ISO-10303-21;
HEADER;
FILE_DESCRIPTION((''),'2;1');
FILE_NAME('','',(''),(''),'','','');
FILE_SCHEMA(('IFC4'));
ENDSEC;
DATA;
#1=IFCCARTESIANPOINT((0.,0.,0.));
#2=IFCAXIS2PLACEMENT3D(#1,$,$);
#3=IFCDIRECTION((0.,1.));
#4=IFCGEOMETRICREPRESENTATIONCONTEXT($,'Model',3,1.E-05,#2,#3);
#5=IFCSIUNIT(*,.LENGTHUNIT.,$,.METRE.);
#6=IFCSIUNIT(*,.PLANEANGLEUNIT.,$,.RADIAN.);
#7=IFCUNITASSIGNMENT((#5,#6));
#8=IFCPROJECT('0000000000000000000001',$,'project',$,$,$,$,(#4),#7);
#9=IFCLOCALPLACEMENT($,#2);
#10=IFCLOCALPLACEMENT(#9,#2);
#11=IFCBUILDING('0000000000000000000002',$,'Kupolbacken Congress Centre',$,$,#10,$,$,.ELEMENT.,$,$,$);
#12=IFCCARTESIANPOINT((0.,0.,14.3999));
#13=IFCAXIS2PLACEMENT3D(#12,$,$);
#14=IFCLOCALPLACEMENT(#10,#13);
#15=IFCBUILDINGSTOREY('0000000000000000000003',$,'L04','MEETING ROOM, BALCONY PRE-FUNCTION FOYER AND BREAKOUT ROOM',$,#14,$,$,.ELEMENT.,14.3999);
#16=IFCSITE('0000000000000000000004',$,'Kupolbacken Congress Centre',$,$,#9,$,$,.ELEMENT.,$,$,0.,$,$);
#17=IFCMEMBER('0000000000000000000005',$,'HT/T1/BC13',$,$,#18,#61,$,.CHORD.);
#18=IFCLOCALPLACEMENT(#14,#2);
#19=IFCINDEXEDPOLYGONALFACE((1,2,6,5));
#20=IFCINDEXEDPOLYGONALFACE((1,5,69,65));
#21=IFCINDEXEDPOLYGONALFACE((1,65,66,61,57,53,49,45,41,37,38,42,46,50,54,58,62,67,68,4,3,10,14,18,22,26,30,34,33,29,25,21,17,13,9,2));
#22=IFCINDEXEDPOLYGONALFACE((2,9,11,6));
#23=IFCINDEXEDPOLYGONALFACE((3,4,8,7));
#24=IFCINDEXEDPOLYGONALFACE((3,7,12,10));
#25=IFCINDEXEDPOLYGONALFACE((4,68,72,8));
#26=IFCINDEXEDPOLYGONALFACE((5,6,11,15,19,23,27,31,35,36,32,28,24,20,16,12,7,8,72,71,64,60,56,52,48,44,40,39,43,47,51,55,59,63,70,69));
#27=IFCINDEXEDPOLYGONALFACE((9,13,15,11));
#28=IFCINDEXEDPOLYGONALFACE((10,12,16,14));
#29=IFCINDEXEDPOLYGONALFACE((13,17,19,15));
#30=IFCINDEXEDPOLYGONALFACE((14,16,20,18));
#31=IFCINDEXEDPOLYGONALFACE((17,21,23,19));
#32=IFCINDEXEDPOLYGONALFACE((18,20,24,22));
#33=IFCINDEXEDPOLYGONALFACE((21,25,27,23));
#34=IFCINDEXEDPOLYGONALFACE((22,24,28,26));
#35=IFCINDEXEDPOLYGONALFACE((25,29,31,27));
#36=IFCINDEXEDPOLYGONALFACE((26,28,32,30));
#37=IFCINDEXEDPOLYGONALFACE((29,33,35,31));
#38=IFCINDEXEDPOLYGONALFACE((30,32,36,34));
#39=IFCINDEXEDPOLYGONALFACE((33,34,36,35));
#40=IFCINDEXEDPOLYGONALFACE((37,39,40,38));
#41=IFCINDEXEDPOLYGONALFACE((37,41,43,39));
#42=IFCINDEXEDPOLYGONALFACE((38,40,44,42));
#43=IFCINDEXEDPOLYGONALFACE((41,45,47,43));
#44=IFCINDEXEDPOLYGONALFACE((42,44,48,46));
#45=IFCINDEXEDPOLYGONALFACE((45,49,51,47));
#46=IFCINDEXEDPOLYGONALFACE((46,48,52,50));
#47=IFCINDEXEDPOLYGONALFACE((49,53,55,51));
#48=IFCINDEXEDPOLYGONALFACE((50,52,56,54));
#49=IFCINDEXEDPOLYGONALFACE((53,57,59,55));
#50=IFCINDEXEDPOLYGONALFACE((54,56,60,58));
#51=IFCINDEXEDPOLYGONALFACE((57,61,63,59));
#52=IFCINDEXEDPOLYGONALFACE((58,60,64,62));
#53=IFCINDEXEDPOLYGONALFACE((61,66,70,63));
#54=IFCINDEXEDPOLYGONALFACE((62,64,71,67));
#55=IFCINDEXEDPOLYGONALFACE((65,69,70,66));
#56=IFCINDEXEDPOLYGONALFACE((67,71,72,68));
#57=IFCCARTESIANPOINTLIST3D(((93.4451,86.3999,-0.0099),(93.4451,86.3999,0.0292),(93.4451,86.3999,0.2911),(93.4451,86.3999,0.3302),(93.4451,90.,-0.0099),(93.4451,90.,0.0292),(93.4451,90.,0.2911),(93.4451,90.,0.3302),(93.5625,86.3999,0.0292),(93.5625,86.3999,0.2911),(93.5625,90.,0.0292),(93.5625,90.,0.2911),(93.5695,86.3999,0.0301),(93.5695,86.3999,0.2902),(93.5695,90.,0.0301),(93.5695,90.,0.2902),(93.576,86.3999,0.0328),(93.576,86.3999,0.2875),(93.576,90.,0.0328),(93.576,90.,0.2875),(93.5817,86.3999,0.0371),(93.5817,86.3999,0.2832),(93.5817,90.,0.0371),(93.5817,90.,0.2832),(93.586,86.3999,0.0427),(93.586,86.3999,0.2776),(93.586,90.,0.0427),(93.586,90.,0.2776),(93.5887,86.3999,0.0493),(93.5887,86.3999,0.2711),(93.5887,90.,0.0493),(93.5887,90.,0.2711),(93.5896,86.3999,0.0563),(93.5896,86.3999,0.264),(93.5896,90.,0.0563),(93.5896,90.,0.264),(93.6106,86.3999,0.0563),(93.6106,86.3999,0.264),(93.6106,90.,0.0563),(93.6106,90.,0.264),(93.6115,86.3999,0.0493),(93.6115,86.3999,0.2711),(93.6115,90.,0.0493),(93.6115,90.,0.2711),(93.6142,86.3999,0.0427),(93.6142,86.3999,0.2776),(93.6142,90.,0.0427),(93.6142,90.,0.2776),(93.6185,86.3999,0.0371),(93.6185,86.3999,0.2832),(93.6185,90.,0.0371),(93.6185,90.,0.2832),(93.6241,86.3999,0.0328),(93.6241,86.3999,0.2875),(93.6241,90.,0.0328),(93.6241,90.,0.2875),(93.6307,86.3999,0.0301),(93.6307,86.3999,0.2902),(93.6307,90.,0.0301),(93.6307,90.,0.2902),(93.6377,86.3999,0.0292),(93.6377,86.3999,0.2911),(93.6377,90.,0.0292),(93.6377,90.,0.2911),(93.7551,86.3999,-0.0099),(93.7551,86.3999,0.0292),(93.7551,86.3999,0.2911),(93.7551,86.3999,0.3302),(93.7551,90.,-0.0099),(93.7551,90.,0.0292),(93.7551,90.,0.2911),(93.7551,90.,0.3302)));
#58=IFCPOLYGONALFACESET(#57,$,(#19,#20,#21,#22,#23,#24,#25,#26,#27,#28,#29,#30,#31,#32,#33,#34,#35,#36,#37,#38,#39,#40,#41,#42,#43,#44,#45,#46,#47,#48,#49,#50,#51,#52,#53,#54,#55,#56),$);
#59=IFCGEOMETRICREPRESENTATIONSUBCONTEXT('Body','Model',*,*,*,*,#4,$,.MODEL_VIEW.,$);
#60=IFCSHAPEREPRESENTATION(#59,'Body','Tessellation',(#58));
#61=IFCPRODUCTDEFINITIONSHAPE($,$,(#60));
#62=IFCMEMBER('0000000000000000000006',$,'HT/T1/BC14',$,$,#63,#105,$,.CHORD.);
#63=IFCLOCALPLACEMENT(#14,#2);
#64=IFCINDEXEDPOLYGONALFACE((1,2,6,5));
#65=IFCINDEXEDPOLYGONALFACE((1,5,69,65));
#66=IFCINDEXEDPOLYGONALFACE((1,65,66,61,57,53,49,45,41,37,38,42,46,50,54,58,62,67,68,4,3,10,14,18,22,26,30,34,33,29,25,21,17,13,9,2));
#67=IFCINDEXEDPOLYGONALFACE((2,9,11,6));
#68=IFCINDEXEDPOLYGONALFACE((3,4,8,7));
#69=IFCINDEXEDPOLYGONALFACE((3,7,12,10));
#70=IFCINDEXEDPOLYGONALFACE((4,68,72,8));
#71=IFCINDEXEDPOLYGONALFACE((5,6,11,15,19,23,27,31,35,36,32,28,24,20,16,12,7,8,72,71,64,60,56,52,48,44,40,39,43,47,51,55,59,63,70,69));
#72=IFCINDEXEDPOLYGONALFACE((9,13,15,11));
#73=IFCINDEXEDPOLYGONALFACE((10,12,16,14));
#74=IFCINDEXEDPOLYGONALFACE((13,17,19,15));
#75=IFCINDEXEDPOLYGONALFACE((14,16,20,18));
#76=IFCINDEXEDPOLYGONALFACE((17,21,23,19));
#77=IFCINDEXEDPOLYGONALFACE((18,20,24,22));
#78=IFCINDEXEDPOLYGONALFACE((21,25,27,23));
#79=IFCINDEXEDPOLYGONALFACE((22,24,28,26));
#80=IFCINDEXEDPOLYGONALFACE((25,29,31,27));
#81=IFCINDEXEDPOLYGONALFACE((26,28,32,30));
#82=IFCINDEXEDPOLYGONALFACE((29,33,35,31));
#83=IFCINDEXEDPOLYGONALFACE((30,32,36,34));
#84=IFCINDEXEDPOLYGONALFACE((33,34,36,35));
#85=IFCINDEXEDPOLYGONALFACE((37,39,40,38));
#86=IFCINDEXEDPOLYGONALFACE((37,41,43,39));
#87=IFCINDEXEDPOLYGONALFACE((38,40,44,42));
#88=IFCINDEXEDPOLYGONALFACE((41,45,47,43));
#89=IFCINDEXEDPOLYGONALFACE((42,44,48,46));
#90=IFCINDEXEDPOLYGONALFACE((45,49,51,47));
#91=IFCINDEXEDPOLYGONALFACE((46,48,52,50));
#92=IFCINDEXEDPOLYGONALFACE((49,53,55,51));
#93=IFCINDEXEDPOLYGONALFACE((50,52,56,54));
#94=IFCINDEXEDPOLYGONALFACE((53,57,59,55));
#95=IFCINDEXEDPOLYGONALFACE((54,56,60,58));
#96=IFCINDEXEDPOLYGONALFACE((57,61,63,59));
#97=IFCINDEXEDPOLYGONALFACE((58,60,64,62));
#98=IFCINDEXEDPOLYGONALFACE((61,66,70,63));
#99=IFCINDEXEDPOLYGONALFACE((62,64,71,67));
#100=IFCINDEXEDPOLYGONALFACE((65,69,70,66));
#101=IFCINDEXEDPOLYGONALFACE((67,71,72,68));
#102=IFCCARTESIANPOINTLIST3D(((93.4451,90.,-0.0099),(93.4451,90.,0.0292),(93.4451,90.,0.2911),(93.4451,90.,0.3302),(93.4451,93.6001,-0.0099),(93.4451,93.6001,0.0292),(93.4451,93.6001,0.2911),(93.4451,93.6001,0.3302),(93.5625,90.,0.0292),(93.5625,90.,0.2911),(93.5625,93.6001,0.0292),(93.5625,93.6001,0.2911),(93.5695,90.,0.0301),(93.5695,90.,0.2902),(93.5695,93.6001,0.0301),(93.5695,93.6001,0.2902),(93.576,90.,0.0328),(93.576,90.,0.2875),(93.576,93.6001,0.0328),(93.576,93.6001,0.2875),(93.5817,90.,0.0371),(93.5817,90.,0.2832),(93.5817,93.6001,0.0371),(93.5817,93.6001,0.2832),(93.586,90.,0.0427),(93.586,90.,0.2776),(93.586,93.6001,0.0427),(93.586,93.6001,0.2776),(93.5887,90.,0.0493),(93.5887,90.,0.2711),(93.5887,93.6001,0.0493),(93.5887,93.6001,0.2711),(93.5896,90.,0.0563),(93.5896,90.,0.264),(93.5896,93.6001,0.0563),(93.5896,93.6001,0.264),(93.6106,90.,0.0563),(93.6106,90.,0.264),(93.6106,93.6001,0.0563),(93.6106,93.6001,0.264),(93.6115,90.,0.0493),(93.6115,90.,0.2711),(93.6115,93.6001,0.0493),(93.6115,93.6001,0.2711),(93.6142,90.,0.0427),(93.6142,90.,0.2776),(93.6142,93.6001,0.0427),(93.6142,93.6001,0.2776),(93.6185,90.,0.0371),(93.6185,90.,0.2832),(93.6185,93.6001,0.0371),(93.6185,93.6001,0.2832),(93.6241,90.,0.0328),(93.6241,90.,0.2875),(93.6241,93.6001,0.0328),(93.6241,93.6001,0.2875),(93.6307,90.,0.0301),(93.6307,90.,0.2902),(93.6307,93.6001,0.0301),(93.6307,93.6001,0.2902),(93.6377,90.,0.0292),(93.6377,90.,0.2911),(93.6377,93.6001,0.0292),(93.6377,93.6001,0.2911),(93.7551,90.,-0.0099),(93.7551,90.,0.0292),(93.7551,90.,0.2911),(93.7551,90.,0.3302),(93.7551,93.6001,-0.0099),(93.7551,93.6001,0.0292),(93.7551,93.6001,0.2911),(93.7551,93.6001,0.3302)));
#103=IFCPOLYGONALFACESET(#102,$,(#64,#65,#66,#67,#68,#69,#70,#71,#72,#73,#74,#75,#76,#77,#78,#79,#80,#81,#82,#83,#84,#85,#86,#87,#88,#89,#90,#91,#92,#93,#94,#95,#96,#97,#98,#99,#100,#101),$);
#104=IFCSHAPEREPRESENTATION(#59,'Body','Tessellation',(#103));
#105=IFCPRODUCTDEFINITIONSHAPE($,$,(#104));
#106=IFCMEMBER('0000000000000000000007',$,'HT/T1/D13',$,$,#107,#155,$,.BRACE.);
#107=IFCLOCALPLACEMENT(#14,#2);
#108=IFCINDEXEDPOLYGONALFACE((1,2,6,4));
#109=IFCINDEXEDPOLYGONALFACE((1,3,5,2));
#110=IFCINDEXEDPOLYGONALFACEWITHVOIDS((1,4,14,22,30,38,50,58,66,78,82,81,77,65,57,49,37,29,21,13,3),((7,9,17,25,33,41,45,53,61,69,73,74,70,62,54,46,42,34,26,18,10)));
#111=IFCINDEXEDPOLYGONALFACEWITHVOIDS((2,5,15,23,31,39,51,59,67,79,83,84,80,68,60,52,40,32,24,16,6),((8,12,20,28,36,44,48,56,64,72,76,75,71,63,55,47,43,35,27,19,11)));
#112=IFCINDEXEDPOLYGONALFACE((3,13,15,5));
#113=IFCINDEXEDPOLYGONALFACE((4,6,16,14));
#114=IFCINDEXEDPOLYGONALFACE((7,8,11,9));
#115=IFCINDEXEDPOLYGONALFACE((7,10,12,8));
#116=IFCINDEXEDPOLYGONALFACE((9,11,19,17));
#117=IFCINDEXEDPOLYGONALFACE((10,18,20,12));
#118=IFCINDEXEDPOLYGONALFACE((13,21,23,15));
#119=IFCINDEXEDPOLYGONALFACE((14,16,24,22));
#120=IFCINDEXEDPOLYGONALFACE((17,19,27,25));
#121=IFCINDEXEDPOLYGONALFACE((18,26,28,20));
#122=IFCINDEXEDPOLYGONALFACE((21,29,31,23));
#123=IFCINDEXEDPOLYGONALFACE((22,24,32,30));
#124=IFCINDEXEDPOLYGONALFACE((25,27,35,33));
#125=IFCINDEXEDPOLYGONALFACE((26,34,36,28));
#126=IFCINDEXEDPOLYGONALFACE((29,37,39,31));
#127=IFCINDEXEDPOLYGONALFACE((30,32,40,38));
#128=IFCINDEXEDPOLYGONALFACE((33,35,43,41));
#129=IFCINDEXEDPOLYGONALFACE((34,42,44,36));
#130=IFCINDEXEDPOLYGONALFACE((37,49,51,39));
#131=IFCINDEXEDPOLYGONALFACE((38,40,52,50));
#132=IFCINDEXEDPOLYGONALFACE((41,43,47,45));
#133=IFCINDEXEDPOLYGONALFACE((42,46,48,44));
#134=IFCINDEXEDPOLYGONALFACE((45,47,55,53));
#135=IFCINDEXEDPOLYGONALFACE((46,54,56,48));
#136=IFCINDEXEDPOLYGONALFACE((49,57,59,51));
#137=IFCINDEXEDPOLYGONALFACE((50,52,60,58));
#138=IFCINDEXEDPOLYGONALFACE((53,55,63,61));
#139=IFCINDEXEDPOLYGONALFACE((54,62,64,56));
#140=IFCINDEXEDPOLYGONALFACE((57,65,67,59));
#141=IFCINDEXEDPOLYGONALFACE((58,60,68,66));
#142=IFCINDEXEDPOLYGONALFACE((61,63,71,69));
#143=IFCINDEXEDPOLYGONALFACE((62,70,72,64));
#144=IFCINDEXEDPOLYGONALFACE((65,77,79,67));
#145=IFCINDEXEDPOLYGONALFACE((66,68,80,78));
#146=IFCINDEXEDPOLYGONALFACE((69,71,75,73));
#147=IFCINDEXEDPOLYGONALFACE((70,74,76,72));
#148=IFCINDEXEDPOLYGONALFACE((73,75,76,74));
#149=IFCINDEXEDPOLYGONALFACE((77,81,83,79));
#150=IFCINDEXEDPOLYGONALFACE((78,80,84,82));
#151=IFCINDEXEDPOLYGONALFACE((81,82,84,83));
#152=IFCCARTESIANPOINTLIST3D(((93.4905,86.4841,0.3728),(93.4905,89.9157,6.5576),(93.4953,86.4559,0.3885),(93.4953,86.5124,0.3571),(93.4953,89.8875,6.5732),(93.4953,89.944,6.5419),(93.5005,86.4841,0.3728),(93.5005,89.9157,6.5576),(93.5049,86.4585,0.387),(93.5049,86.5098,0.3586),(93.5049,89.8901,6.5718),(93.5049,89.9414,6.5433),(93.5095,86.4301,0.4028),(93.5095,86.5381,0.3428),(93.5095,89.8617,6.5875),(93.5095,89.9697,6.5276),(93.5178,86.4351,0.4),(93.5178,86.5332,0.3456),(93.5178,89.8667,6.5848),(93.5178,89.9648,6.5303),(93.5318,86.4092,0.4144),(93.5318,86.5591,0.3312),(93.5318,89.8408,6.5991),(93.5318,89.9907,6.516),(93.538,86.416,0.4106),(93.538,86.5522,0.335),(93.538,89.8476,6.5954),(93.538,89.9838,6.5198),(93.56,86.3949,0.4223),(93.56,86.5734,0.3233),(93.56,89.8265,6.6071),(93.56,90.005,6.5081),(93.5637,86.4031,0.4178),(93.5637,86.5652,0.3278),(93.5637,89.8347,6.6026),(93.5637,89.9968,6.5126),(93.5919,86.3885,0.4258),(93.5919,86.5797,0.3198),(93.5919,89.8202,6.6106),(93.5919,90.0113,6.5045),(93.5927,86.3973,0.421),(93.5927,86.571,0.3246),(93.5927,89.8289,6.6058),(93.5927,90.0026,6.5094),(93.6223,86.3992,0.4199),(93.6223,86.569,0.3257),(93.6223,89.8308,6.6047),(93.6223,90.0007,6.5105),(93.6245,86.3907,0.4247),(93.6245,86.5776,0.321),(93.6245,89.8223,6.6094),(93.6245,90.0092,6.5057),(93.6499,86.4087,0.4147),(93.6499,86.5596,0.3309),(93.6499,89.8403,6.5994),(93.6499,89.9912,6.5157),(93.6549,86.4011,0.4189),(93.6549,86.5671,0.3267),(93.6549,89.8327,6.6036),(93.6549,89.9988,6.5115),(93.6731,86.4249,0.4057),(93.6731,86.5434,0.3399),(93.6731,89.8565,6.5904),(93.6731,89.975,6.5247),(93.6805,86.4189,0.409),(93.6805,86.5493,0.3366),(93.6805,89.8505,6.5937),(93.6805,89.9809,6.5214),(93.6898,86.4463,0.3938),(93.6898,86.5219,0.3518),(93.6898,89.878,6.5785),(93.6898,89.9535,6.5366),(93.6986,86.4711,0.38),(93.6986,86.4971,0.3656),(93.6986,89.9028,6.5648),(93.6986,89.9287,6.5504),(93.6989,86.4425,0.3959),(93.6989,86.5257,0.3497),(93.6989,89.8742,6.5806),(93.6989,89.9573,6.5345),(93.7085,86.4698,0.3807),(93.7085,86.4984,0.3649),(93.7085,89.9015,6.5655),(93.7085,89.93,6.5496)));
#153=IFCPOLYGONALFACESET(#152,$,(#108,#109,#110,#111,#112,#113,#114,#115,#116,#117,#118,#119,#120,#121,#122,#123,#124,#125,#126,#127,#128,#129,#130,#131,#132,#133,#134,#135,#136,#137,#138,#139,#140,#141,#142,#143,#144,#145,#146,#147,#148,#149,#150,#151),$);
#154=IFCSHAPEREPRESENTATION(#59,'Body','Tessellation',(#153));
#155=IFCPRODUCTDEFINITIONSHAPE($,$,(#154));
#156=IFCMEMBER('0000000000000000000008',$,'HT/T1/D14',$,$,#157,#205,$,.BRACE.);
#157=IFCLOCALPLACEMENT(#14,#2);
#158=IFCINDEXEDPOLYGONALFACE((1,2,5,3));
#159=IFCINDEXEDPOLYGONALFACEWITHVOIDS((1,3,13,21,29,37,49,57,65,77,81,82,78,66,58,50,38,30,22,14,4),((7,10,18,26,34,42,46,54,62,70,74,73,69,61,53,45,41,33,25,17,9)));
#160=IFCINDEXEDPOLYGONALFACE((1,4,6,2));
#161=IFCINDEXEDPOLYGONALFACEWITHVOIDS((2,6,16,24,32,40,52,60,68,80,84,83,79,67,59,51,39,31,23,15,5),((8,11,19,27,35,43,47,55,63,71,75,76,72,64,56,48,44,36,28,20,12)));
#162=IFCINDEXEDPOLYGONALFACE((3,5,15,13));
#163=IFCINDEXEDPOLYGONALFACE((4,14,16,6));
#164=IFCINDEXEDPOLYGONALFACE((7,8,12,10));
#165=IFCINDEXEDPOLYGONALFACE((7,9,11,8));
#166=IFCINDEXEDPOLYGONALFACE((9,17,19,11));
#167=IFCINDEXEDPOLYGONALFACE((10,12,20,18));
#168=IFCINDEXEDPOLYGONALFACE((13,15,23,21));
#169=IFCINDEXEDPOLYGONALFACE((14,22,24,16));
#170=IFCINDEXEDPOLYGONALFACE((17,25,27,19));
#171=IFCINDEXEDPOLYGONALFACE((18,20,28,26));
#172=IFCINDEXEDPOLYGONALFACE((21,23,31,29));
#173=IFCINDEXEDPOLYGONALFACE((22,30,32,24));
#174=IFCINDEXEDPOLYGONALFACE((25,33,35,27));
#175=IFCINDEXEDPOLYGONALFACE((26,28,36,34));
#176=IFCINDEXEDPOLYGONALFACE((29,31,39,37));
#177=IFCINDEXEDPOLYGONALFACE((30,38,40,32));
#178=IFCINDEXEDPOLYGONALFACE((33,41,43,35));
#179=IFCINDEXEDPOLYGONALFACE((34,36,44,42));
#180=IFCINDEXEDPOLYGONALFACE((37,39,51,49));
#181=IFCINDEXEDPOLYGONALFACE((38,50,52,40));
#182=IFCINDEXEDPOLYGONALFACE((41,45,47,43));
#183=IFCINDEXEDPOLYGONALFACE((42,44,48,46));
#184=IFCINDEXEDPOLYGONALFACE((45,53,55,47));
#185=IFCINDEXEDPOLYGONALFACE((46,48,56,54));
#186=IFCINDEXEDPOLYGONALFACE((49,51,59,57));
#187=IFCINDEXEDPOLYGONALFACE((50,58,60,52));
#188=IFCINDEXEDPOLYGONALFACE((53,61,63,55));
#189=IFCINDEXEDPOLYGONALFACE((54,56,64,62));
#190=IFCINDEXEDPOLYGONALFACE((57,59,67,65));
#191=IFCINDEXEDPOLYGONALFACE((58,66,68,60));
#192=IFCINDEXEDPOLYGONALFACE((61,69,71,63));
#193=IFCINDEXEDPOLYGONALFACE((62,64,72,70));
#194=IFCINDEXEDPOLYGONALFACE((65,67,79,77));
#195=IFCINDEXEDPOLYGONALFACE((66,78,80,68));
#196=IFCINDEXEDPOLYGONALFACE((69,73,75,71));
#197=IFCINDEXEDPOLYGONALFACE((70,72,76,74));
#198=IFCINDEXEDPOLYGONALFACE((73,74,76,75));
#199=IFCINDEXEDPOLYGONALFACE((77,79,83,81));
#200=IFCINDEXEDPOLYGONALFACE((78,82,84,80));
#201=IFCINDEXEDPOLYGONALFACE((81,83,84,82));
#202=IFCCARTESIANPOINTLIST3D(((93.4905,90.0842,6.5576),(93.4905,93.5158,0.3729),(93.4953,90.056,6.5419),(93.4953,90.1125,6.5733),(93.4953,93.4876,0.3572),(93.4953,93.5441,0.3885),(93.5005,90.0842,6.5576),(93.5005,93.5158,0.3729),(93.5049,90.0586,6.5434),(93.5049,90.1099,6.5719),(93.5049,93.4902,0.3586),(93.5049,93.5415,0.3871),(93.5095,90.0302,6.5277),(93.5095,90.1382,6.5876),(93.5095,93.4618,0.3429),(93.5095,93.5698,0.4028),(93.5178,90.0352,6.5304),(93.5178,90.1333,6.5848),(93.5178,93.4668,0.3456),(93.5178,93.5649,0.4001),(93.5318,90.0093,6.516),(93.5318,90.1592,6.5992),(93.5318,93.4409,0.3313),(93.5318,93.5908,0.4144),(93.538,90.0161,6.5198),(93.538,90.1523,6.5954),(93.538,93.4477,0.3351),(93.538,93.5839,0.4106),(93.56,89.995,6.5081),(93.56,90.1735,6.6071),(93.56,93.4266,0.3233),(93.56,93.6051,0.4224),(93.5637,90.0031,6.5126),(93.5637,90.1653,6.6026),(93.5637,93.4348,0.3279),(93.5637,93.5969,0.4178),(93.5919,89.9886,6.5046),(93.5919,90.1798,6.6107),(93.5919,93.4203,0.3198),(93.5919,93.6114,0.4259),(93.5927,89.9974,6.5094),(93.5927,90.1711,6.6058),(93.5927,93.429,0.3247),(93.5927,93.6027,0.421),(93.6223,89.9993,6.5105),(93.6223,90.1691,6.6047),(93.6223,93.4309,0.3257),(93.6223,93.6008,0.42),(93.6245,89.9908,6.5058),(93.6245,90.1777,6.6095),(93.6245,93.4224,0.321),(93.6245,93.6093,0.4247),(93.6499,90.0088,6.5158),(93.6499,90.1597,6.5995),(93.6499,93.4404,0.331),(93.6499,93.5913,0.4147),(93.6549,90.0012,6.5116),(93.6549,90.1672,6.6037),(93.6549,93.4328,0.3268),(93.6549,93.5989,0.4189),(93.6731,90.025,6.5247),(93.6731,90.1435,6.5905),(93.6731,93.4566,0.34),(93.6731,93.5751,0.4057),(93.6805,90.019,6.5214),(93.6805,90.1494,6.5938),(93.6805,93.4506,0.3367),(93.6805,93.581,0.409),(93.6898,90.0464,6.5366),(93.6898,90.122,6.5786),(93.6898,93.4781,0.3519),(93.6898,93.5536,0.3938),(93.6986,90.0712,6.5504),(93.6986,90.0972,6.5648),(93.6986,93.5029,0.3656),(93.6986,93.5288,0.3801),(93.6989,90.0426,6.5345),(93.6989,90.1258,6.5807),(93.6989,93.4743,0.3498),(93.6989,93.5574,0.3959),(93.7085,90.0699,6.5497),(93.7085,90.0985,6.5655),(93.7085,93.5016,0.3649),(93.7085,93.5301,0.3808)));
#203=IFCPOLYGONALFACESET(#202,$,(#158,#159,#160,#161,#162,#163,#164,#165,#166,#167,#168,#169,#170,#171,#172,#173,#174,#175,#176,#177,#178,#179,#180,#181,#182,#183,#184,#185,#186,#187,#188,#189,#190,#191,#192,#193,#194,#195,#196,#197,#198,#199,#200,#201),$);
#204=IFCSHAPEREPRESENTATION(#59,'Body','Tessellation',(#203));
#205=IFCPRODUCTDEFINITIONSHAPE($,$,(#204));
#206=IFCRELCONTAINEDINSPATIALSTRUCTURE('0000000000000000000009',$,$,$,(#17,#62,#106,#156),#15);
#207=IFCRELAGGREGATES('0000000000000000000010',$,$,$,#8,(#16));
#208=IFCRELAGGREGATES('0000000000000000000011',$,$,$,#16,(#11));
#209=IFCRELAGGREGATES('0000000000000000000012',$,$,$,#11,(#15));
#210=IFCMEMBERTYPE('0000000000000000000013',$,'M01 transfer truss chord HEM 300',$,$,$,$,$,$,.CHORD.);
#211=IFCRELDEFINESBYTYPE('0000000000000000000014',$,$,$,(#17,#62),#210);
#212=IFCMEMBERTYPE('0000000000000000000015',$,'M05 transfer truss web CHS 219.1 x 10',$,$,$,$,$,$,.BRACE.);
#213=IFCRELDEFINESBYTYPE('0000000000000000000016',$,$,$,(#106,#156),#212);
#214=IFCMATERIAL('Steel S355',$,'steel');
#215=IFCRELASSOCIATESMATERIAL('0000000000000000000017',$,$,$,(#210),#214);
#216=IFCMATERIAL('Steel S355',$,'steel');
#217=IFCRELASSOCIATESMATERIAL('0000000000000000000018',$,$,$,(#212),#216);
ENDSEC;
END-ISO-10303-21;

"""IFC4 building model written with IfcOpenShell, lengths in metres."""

from ifc_helpers import new_model, si_unit, direction, frame, origin, origin_2d, place, context, subcontext, project, spatial, hollow_circle, i_section, extrude, material, material_profile, profile_set, type_object, element, save


model = new_model("IFC4")

# Units and contexts
model_context = context("Model", 3, precision=1e-05, world=origin(), true_north=direction((0.0, 1.0)))
body_context = subcontext(model_context, "Body", "Model", "MODEL_VIEW")
ifc_project = project(units=[si_unit("LENGTHUNIT", "METRE"), si_unit("PLANEANGLEUNIT", "RADIAN")], contexts=[model_context])

# Site, building, storey
site_placement = place(None, origin())
site = spatial("IfcSite", under=ifc_project, at=site_placement, Name="Kupolbacken Congress Centre", CompositionType="ELEMENT", RefElevation=0.0)
building_placement = place(site_placement, origin())
building = spatial("IfcBuilding", under=site, at=building_placement, Name="Kupolbacken Congress Centre", CompositionType="ELEMENT")
storey_placement = place(building_placement, frame((0.0, 0.0, 14.3999)))
storey = spatial("IfcBuildingStorey", under=building, at=storey_placement, Name="L04", Description="MEETING ROOM, BALCONY PRE-FUNCTION FOYER AND BREAKOUT ROOM", CompositionType="ELEMENT", Elevation=14.3999)

# Members
ifc_material_1 = material(Name="Steel S355", Category="steel")
ifc_material_profile_1 = material_profile(ifc_material_1, i_section(OverallWidth=0.3101, OverallDepth=0.3401, WebThickness=0.021, FlangeThickness=0.0391, FilletRadius=0.0271, at=origin_2d()), Name="HEM 300")
ifc_profile_set_1 = profile_set([ifc_material_profile_1], Name="Steel S355")
member_type_1 = type_object("IfcMemberType", Name="M01 transfer truss chord HEM 300", PredefinedType="CHORD", material=ifc_profile_set_1)
for number, where, z_axis, x_axis, name in (
    (1, (93.6001, 86.3999, 0.1602), (0.0, 1.0, 0.0), (-1.0, 0.0, 0.0), "HT/T1/BC13"),
    (2, (93.6001, 90.0, 0.1602), (0.0, 1.0, 0.0), (-1.0, 0.0, 0.0), "HT/T1/BC14"),
):
    element("IfcMember", number, at=place(storey_placement, frame(where, z_axis=z_axis, x_axis=x_axis)), inside=storey, type_object=member_type_1, Name=name, PredefinedType="CHORD", context=body_context, shape_type="SweptSolid", body=[
        extrude(i_section(OverallWidth=0.3101, OverallDepth=0.3401, WebThickness=0.021, FlangeThickness=0.0391, FilletRadius=0.0271, at=origin_2d()), origin(), (0.0, 0.0, 1.0), 3.6001),
    ])
ifc_material_2 = material(Name="Steel S355", Category="steel")
ifc_material_profile_2 = material_profile(ifc_material_2, hollow_circle(Radius=0.1096, WallThickness=0.01, at=origin_2d()), Name="CHS 219.1 x 10")
ifc_profile_set_2 = profile_set([ifc_material_profile_2], Name="Steel S355")
member_type_2 = type_object("IfcMemberType", Name="M05 transfer truss web CHS 219.1 x 10", PredefinedType="BRACE", material=ifc_profile_set_2)
for number, where, z_axis, x_axis, name in (
    (3, (93.6001, 86.4841, 0.3728), (0.0, 0.485171, 0.874419), (-1.0, 0.0, 0.0), "HT/T1/D13"),
    (4, (93.6001, 90.0842, 6.5576), (0.0, 0.485171, -0.874419), (-1.0, 0.0, 0.0), "HT/T1/D14"),
):
    element("IfcMember", number, at=place(storey_placement, frame(where, z_axis=z_axis, x_axis=x_axis)), inside=storey, type_object=member_type_2, Name=name, PredefinedType="BRACE", context=body_context, shape_type="SweptSolid", body=[
        extrude(hollow_circle(Radius=0.1096, WallThickness=0.01, at=origin_2d()), origin(), (0.0, 0.0, 1.0), 7.073),
    ])

save(model, "model.ifc")
